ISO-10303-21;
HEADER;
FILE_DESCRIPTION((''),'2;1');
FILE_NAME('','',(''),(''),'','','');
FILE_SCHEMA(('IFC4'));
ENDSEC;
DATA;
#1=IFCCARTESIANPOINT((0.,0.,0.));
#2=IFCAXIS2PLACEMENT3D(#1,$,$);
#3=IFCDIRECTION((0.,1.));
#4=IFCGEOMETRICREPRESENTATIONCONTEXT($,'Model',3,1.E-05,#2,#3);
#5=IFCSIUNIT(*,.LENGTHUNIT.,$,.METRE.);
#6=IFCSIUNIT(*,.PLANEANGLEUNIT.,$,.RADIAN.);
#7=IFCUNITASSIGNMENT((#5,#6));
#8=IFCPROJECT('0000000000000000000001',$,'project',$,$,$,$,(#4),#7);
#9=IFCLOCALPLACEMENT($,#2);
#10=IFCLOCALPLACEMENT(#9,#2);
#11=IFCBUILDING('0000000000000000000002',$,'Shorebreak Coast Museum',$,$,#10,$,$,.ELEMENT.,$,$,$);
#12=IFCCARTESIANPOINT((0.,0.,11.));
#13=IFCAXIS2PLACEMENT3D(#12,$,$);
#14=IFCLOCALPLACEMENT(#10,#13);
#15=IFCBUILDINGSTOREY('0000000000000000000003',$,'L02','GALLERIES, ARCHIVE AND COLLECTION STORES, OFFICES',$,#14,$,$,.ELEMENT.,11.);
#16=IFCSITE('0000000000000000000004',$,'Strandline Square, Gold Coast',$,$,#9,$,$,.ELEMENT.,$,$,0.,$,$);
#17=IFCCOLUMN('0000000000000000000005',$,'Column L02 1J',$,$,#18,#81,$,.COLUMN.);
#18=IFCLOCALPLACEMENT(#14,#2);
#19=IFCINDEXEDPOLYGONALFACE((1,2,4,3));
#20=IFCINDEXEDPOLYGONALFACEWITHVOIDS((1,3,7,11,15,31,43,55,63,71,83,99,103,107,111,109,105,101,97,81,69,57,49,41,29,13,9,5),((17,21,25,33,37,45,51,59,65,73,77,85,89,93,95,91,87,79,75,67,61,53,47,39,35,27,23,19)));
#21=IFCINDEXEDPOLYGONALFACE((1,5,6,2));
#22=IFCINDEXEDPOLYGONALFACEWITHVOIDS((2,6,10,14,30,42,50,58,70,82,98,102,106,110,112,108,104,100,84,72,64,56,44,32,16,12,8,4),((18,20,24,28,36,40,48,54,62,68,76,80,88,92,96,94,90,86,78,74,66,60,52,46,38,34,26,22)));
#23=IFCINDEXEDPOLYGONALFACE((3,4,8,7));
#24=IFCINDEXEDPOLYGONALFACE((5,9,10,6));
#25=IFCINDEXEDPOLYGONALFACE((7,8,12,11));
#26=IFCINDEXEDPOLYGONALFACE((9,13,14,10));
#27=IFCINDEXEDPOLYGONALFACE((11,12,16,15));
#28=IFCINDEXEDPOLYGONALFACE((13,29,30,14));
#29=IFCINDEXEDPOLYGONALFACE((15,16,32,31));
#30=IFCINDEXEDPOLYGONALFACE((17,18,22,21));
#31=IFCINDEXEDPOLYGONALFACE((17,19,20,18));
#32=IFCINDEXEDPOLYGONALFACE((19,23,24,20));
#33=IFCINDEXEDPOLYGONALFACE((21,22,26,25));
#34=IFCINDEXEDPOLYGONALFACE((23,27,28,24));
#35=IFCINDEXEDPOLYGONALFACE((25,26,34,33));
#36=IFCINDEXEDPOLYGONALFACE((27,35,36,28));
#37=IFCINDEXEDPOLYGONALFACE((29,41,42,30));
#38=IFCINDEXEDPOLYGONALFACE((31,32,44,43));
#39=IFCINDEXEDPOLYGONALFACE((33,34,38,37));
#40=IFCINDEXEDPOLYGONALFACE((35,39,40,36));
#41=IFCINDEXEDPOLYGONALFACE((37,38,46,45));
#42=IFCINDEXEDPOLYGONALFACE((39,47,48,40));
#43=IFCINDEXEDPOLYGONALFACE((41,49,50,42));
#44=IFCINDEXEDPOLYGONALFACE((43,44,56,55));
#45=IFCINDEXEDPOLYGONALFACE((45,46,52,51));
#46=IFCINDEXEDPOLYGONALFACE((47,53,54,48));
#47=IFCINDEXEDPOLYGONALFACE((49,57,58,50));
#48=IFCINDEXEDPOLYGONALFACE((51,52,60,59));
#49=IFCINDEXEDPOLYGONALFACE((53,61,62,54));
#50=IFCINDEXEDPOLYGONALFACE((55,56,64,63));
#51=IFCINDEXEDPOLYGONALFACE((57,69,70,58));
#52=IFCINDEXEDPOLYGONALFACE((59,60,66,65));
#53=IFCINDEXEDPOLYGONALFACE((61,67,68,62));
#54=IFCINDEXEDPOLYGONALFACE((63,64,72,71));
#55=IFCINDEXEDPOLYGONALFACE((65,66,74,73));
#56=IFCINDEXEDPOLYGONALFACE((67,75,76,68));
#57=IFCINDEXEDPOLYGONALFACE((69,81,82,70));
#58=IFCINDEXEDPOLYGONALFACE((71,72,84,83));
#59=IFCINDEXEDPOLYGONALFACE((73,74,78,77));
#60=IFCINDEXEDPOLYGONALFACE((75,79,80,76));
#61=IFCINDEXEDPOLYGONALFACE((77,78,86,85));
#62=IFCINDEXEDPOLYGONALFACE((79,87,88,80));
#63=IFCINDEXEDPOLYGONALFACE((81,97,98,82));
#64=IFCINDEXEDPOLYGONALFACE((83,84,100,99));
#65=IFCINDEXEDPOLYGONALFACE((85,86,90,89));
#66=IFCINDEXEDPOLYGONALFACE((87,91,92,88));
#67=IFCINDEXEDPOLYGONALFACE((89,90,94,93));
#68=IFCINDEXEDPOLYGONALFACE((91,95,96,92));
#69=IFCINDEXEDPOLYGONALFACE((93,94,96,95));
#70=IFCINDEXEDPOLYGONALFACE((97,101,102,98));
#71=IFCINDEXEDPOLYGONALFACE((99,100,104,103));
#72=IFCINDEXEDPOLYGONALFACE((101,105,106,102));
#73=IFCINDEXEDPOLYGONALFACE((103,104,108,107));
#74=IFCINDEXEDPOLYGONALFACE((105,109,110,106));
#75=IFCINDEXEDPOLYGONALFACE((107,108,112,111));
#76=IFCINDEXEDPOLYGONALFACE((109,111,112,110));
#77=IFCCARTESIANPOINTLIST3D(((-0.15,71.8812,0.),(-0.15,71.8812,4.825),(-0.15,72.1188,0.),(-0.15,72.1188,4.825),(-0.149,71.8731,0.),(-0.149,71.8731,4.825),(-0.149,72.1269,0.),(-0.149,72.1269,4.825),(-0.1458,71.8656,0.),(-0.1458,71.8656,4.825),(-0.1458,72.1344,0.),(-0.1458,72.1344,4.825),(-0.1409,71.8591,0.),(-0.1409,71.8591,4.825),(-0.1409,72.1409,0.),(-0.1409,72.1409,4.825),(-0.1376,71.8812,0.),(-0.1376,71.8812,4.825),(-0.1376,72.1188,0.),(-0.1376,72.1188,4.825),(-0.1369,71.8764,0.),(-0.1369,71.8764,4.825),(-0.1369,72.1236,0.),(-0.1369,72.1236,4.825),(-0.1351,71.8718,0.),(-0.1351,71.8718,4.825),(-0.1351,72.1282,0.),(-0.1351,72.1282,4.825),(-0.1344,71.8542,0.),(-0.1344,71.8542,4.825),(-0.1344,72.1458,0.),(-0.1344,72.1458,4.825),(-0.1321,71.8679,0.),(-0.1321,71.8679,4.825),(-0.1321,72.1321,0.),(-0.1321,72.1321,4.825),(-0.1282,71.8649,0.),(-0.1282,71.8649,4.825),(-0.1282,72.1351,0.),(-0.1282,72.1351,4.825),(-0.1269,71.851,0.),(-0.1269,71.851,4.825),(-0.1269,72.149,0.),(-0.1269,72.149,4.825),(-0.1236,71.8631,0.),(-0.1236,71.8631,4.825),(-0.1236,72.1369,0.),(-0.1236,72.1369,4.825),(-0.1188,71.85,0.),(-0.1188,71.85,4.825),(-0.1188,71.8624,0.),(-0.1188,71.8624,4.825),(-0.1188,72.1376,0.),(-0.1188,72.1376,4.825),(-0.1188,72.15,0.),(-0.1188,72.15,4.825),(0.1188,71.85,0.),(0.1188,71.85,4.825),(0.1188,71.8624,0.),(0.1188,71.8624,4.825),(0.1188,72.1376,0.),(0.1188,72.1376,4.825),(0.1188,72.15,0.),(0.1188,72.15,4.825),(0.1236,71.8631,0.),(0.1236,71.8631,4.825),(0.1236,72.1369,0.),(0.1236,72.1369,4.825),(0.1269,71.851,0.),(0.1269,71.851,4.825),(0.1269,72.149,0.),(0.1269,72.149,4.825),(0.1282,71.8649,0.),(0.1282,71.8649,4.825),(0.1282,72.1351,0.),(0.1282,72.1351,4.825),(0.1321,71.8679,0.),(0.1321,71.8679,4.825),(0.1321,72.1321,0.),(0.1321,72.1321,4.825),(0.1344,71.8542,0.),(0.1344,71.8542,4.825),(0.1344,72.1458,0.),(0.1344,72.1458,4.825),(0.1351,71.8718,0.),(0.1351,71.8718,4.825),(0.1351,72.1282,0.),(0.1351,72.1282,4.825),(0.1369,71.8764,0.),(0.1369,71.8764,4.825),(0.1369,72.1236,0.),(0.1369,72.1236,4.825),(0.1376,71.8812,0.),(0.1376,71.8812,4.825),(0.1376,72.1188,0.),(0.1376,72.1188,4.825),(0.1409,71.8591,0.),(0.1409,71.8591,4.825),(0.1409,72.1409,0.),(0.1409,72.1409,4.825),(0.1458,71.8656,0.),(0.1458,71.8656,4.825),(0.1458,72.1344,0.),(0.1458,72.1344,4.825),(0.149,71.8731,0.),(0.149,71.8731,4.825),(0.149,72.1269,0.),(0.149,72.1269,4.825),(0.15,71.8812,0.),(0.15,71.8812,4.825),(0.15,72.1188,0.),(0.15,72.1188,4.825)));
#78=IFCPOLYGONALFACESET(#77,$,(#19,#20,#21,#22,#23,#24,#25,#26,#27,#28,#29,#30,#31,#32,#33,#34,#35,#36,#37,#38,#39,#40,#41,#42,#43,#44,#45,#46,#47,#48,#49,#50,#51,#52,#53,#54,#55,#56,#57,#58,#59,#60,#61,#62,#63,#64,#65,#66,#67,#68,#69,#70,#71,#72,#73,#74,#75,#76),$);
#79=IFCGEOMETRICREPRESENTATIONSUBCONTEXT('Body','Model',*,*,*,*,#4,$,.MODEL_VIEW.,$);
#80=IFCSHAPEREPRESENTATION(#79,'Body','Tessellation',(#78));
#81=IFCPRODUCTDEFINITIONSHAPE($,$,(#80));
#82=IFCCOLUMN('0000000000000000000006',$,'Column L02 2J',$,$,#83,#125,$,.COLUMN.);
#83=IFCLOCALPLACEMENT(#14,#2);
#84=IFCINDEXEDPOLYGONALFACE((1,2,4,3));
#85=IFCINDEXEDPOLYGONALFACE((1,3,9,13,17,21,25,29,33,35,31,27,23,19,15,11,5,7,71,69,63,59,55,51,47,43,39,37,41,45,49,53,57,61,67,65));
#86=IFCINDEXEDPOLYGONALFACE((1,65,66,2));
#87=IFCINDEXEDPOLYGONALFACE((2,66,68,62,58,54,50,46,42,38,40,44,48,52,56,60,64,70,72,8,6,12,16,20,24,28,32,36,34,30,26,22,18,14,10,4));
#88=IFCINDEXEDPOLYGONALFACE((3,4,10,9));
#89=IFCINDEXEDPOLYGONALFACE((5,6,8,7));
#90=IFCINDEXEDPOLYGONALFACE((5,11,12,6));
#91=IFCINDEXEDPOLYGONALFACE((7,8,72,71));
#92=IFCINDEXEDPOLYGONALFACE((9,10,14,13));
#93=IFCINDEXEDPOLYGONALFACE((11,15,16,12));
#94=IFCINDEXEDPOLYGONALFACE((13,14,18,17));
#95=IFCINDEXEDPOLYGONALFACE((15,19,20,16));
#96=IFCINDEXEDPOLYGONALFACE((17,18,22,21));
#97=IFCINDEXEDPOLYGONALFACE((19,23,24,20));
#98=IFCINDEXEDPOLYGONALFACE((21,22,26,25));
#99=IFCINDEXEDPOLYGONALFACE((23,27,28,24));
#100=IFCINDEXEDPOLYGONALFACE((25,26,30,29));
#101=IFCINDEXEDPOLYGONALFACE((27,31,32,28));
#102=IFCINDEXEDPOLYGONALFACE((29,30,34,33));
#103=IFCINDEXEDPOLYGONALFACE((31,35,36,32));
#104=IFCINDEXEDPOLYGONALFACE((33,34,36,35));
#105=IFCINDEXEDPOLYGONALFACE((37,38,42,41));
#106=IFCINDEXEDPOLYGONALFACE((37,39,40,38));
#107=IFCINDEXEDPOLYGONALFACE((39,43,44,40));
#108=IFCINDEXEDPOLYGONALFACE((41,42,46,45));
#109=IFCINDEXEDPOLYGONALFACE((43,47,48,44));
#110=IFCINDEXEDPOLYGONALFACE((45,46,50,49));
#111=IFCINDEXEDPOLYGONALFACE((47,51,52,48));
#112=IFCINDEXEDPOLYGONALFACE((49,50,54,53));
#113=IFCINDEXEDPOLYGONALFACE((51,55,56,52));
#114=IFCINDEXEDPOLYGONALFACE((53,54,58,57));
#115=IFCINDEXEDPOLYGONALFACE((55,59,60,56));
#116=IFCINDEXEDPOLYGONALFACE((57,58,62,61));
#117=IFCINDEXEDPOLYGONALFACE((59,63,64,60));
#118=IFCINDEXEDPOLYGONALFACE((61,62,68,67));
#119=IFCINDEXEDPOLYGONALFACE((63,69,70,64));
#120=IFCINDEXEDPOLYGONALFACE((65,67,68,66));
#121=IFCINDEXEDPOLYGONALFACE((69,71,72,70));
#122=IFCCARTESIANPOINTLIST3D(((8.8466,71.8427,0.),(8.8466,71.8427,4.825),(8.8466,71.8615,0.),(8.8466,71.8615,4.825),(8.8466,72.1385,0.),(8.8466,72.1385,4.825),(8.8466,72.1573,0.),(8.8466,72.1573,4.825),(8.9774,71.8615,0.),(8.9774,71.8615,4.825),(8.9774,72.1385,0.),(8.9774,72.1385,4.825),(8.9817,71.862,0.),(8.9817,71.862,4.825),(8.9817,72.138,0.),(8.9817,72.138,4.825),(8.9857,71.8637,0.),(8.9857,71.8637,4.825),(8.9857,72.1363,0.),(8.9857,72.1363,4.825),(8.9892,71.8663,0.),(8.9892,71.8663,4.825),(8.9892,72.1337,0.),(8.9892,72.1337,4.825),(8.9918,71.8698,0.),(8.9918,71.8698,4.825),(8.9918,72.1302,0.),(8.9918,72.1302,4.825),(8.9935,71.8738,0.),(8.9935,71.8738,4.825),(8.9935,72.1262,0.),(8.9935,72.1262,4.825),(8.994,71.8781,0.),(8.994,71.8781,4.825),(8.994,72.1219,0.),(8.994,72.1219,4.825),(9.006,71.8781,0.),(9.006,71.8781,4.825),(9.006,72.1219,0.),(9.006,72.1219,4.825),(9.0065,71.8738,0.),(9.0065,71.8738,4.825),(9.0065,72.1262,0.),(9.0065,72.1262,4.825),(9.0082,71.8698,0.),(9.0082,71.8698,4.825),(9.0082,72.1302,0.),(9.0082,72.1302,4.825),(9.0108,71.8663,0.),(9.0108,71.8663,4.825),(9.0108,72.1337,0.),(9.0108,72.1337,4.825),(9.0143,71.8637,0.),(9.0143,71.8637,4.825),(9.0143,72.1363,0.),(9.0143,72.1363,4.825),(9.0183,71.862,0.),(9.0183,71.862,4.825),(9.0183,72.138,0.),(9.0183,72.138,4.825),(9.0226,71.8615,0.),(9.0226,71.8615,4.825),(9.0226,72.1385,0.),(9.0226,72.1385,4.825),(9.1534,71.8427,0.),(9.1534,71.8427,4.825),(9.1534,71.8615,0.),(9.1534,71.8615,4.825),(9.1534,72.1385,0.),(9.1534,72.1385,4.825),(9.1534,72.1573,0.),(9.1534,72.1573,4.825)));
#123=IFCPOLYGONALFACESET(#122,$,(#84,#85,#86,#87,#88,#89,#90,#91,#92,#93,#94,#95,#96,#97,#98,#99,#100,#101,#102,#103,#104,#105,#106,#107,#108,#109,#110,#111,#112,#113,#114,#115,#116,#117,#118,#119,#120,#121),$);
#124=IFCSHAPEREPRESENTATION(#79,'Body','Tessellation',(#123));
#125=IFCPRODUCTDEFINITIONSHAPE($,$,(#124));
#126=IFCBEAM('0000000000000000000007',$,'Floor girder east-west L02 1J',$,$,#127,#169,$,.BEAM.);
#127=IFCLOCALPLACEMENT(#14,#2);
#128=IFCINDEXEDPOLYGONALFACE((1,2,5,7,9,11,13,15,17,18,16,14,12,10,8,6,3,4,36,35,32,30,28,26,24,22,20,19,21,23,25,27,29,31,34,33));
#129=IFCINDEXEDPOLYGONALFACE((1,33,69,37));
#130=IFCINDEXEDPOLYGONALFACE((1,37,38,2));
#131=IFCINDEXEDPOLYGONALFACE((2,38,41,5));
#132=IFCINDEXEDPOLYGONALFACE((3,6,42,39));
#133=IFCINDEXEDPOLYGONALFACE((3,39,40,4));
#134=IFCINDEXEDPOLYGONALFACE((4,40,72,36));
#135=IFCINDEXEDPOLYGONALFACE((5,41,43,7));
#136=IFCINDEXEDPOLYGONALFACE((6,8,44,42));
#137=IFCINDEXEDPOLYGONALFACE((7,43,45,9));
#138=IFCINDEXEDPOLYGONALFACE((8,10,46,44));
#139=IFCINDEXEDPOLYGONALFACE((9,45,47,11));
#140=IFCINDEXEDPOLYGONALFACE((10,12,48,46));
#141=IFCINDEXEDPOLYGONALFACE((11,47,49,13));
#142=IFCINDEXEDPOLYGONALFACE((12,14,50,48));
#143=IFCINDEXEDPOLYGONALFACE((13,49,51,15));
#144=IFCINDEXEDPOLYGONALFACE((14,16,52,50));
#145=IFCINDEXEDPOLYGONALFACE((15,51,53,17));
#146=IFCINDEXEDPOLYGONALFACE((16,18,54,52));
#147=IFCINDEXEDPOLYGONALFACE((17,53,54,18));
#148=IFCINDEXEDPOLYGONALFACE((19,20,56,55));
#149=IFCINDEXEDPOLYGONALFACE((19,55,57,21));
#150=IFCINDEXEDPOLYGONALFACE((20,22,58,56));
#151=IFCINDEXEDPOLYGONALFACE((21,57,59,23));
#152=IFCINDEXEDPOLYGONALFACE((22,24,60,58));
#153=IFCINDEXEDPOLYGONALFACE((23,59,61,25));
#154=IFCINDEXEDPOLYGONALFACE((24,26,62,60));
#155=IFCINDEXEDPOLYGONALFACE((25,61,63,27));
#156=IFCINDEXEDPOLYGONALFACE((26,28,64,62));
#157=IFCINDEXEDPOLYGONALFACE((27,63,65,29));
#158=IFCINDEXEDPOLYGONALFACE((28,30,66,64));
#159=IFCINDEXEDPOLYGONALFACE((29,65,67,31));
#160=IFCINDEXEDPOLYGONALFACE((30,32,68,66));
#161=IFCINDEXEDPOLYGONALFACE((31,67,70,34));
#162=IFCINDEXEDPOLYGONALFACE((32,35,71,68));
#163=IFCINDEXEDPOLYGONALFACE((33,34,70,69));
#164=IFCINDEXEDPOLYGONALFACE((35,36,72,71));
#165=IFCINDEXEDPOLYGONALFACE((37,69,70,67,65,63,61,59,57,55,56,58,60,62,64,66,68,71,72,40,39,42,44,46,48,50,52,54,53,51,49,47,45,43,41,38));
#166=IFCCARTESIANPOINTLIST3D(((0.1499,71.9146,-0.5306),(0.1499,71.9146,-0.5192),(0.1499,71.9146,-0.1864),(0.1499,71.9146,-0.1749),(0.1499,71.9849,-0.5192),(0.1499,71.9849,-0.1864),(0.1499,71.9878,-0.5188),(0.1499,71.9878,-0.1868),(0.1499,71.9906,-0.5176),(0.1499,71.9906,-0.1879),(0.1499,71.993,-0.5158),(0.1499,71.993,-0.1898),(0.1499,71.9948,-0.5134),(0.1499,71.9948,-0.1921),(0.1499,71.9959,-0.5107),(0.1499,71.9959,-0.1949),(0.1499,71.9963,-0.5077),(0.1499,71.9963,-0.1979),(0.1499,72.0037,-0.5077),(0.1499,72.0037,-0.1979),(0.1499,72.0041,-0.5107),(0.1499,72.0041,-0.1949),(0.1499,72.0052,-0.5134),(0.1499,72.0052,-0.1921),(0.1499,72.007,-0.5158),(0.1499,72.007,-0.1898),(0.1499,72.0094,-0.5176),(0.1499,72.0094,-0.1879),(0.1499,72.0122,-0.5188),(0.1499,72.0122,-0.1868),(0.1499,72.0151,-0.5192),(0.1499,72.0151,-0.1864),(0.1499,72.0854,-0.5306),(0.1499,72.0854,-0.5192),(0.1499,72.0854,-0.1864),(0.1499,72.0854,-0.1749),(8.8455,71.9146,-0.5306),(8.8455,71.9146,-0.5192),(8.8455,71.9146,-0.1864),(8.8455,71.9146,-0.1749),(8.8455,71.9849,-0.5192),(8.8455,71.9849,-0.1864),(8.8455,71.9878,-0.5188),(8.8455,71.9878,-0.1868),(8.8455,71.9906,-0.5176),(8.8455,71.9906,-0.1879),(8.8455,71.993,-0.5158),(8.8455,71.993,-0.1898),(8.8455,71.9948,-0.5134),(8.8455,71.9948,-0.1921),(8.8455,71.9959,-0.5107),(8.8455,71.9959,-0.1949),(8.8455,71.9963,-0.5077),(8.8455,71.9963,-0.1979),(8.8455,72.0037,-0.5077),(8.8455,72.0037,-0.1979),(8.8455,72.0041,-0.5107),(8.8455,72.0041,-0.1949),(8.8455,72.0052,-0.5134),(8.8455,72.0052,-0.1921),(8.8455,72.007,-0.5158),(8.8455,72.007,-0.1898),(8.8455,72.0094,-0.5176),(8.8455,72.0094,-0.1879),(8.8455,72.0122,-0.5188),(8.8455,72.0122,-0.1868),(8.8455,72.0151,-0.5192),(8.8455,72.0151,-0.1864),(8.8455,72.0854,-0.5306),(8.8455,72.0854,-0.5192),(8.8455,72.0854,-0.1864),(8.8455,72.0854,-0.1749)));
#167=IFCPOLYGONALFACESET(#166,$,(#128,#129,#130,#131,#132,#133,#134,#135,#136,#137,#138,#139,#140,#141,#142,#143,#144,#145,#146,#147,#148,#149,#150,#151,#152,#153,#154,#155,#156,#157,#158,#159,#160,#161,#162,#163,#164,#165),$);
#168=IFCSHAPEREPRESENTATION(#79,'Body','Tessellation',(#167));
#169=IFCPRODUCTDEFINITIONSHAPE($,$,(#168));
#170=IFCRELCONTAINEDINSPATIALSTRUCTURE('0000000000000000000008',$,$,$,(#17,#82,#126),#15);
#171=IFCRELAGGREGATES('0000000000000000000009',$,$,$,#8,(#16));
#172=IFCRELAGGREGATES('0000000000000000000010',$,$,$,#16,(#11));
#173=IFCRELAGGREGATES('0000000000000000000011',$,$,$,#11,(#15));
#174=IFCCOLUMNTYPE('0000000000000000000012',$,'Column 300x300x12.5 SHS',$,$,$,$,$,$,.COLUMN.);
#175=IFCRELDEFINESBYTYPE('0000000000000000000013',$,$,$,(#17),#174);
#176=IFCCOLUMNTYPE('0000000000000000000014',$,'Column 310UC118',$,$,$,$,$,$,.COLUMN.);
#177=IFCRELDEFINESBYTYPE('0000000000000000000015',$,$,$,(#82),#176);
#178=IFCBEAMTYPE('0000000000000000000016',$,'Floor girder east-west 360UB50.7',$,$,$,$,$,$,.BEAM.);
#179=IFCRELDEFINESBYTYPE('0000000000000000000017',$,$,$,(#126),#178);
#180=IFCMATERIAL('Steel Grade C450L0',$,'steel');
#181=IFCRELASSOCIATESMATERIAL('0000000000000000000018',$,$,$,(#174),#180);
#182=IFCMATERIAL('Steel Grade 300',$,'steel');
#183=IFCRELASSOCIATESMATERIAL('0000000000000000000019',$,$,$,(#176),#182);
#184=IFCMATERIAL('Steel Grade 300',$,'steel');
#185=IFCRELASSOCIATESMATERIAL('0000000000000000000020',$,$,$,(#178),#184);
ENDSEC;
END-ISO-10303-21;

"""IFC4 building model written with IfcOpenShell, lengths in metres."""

from ifc_helpers import new_model, si_unit, direction, frame, origin, origin_2d, place, context, subcontext, project, spatial, hollow_rectangle, i_section, extrude, material, material_profile, profile_set, type_object, element, save


model = new_model("IFC4")

# Units and contexts
model_context = context("Model", 3, precision=1e-05, world=origin(), true_north=direction((0.0, 1.0)))
body_context = subcontext(model_context, "Body", "Model", "MODEL_VIEW")
ifc_project = project(units=[si_unit("LENGTHUNIT", "METRE"), si_unit("PLANEANGLEUNIT", "RADIAN")], contexts=[model_context])

# Site, building, storey
site_placement = place(None, origin())
site = spatial("IfcSite", under=ifc_project, at=site_placement, Name="Strandline Square, Gold Coast", CompositionType="ELEMENT", RefElevation=0.0)
building_placement = place(site_placement, origin())
building = spatial("IfcBuilding", under=site, at=building_placement, Name="Shorebreak Coast Museum", CompositionType="ELEMENT")
storey_placement = place(building_placement, frame((0.0, 0.0, 11.0)))
storey = spatial("IfcBuildingStorey", under=building, at=storey_placement, Name="L02", Description="GALLERIES, ARCHIVE AND COLLECTION STORES, OFFICES", CompositionType="ELEMENT", Elevation=11.0)

# Columns
ifc_material_1 = material(Name="Steel Grade C450L0", Category="steel")
ifc_material_profile_1 = material_profile(ifc_material_1, hollow_rectangle(XDim=0.3, YDim=0.3, WallThickness=0.0125, InnerFilletRadius=0.0188, OuterFilletRadius=0.0312, at=origin_2d()), Name="300x300x12.5 SHS")
ifc_profile_set_1 = profile_set([ifc_material_profile_1], Name="Steel Grade C450L0")
column_type_1 = type_object("IfcColumnType", Name="Column 300x300x12.5 SHS", PredefinedType="COLUMN", material=ifc_profile_set_1)
column_1_placement = place(storey_placement, frame((0.0, 72.0, 0.0), z_axis=(0.0, 0.0, 1.0), x_axis=(1.0, 0.0, 0.0)))
element("IfcColumn", 1, at=column_1_placement, inside=storey, type_object=column_type_1, Name="Column L02 1J", PredefinedType="COLUMN", context=body_context, shape_type="SweptSolid", body=[
    extrude(hollow_rectangle(XDim=0.3, YDim=0.3, WallThickness=0.0125, InnerFilletRadius=0.0188, OuterFilletRadius=0.0312, at=origin_2d()), origin(), (0.0, 0.0, 1.0), 4.825),
])
ifc_material_2 = material(Name="Steel Grade 300", Category="steel")
ifc_material_profile_2 = material_profile(ifc_material_2, i_section(OverallWidth=0.3069, OverallDepth=0.3147, WebThickness=0.012, FlangeThickness=0.0188, FilletRadius=0.0166, at=origin_2d()), Name="310UC118")
ifc_profile_set_2 = profile_set([ifc_material_profile_2], Name="Steel Grade 300")
column_type_2 = type_object("IfcColumnType", Name="Column 310UC118", PredefinedType="COLUMN", material=ifc_profile_set_2)
column_2_placement = place(storey_placement, frame((9.0, 72.0, 0.0), z_axis=(0.0, 0.0, 1.0), x_axis=(1.0, 0.0, 0.0)))
element("IfcColumn", 2, at=column_2_placement, inside=storey, type_object=column_type_2, Name="Column L02 2J", PredefinedType="COLUMN", context=body_context, shape_type="SweptSolid", body=[
    extrude(i_section(OverallWidth=0.3069, OverallDepth=0.3147, WebThickness=0.012, FlangeThickness=0.0188, FilletRadius=0.0166, at=origin_2d()), origin(), (0.0, 0.0, 1.0), 4.825),
])

# Beam
ifc_material_3 = material(Name="Steel Grade 300", Category="steel")
ifc_material_profile_3 = material_profile(ifc_material_3, i_section(OverallWidth=0.1709, OverallDepth=0.3557, WebThickness=0.0073, FlangeThickness=0.0115, FilletRadius=0.0115, at=origin_2d()), Name="360UB50.7")
ifc_profile_set_3 = profile_set([ifc_material_profile_3], Name="Steel Grade 300")
beam_type_1 = type_object("IfcBeamType", Name="Floor girder east-west 360UB50.7", PredefinedType="BEAM", material=ifc_profile_set_3)
beam_1_placement = place(storey_placement, frame((0.1499, 72.0, -0.3528), z_axis=(1.0, 0.0, 0.0), x_axis=(0.0, 1.0, 0.0)))
element("IfcBeam", 3, at=beam_1_placement, inside=storey, type_object=beam_type_1, Name="Floor girder east-west L02 1J", PredefinedType="BEAM", context=body_context, shape_type="SweptSolid", body=[
    extrude(i_section(OverallWidth=0.1709, OverallDepth=0.3557, WebThickness=0.0073, FlangeThickness=0.0115, FilletRadius=0.0115, at=origin_2d()), origin(), (0.0, 0.0, 1.0), 8.6956),
])

save(model, "model.ifc")
